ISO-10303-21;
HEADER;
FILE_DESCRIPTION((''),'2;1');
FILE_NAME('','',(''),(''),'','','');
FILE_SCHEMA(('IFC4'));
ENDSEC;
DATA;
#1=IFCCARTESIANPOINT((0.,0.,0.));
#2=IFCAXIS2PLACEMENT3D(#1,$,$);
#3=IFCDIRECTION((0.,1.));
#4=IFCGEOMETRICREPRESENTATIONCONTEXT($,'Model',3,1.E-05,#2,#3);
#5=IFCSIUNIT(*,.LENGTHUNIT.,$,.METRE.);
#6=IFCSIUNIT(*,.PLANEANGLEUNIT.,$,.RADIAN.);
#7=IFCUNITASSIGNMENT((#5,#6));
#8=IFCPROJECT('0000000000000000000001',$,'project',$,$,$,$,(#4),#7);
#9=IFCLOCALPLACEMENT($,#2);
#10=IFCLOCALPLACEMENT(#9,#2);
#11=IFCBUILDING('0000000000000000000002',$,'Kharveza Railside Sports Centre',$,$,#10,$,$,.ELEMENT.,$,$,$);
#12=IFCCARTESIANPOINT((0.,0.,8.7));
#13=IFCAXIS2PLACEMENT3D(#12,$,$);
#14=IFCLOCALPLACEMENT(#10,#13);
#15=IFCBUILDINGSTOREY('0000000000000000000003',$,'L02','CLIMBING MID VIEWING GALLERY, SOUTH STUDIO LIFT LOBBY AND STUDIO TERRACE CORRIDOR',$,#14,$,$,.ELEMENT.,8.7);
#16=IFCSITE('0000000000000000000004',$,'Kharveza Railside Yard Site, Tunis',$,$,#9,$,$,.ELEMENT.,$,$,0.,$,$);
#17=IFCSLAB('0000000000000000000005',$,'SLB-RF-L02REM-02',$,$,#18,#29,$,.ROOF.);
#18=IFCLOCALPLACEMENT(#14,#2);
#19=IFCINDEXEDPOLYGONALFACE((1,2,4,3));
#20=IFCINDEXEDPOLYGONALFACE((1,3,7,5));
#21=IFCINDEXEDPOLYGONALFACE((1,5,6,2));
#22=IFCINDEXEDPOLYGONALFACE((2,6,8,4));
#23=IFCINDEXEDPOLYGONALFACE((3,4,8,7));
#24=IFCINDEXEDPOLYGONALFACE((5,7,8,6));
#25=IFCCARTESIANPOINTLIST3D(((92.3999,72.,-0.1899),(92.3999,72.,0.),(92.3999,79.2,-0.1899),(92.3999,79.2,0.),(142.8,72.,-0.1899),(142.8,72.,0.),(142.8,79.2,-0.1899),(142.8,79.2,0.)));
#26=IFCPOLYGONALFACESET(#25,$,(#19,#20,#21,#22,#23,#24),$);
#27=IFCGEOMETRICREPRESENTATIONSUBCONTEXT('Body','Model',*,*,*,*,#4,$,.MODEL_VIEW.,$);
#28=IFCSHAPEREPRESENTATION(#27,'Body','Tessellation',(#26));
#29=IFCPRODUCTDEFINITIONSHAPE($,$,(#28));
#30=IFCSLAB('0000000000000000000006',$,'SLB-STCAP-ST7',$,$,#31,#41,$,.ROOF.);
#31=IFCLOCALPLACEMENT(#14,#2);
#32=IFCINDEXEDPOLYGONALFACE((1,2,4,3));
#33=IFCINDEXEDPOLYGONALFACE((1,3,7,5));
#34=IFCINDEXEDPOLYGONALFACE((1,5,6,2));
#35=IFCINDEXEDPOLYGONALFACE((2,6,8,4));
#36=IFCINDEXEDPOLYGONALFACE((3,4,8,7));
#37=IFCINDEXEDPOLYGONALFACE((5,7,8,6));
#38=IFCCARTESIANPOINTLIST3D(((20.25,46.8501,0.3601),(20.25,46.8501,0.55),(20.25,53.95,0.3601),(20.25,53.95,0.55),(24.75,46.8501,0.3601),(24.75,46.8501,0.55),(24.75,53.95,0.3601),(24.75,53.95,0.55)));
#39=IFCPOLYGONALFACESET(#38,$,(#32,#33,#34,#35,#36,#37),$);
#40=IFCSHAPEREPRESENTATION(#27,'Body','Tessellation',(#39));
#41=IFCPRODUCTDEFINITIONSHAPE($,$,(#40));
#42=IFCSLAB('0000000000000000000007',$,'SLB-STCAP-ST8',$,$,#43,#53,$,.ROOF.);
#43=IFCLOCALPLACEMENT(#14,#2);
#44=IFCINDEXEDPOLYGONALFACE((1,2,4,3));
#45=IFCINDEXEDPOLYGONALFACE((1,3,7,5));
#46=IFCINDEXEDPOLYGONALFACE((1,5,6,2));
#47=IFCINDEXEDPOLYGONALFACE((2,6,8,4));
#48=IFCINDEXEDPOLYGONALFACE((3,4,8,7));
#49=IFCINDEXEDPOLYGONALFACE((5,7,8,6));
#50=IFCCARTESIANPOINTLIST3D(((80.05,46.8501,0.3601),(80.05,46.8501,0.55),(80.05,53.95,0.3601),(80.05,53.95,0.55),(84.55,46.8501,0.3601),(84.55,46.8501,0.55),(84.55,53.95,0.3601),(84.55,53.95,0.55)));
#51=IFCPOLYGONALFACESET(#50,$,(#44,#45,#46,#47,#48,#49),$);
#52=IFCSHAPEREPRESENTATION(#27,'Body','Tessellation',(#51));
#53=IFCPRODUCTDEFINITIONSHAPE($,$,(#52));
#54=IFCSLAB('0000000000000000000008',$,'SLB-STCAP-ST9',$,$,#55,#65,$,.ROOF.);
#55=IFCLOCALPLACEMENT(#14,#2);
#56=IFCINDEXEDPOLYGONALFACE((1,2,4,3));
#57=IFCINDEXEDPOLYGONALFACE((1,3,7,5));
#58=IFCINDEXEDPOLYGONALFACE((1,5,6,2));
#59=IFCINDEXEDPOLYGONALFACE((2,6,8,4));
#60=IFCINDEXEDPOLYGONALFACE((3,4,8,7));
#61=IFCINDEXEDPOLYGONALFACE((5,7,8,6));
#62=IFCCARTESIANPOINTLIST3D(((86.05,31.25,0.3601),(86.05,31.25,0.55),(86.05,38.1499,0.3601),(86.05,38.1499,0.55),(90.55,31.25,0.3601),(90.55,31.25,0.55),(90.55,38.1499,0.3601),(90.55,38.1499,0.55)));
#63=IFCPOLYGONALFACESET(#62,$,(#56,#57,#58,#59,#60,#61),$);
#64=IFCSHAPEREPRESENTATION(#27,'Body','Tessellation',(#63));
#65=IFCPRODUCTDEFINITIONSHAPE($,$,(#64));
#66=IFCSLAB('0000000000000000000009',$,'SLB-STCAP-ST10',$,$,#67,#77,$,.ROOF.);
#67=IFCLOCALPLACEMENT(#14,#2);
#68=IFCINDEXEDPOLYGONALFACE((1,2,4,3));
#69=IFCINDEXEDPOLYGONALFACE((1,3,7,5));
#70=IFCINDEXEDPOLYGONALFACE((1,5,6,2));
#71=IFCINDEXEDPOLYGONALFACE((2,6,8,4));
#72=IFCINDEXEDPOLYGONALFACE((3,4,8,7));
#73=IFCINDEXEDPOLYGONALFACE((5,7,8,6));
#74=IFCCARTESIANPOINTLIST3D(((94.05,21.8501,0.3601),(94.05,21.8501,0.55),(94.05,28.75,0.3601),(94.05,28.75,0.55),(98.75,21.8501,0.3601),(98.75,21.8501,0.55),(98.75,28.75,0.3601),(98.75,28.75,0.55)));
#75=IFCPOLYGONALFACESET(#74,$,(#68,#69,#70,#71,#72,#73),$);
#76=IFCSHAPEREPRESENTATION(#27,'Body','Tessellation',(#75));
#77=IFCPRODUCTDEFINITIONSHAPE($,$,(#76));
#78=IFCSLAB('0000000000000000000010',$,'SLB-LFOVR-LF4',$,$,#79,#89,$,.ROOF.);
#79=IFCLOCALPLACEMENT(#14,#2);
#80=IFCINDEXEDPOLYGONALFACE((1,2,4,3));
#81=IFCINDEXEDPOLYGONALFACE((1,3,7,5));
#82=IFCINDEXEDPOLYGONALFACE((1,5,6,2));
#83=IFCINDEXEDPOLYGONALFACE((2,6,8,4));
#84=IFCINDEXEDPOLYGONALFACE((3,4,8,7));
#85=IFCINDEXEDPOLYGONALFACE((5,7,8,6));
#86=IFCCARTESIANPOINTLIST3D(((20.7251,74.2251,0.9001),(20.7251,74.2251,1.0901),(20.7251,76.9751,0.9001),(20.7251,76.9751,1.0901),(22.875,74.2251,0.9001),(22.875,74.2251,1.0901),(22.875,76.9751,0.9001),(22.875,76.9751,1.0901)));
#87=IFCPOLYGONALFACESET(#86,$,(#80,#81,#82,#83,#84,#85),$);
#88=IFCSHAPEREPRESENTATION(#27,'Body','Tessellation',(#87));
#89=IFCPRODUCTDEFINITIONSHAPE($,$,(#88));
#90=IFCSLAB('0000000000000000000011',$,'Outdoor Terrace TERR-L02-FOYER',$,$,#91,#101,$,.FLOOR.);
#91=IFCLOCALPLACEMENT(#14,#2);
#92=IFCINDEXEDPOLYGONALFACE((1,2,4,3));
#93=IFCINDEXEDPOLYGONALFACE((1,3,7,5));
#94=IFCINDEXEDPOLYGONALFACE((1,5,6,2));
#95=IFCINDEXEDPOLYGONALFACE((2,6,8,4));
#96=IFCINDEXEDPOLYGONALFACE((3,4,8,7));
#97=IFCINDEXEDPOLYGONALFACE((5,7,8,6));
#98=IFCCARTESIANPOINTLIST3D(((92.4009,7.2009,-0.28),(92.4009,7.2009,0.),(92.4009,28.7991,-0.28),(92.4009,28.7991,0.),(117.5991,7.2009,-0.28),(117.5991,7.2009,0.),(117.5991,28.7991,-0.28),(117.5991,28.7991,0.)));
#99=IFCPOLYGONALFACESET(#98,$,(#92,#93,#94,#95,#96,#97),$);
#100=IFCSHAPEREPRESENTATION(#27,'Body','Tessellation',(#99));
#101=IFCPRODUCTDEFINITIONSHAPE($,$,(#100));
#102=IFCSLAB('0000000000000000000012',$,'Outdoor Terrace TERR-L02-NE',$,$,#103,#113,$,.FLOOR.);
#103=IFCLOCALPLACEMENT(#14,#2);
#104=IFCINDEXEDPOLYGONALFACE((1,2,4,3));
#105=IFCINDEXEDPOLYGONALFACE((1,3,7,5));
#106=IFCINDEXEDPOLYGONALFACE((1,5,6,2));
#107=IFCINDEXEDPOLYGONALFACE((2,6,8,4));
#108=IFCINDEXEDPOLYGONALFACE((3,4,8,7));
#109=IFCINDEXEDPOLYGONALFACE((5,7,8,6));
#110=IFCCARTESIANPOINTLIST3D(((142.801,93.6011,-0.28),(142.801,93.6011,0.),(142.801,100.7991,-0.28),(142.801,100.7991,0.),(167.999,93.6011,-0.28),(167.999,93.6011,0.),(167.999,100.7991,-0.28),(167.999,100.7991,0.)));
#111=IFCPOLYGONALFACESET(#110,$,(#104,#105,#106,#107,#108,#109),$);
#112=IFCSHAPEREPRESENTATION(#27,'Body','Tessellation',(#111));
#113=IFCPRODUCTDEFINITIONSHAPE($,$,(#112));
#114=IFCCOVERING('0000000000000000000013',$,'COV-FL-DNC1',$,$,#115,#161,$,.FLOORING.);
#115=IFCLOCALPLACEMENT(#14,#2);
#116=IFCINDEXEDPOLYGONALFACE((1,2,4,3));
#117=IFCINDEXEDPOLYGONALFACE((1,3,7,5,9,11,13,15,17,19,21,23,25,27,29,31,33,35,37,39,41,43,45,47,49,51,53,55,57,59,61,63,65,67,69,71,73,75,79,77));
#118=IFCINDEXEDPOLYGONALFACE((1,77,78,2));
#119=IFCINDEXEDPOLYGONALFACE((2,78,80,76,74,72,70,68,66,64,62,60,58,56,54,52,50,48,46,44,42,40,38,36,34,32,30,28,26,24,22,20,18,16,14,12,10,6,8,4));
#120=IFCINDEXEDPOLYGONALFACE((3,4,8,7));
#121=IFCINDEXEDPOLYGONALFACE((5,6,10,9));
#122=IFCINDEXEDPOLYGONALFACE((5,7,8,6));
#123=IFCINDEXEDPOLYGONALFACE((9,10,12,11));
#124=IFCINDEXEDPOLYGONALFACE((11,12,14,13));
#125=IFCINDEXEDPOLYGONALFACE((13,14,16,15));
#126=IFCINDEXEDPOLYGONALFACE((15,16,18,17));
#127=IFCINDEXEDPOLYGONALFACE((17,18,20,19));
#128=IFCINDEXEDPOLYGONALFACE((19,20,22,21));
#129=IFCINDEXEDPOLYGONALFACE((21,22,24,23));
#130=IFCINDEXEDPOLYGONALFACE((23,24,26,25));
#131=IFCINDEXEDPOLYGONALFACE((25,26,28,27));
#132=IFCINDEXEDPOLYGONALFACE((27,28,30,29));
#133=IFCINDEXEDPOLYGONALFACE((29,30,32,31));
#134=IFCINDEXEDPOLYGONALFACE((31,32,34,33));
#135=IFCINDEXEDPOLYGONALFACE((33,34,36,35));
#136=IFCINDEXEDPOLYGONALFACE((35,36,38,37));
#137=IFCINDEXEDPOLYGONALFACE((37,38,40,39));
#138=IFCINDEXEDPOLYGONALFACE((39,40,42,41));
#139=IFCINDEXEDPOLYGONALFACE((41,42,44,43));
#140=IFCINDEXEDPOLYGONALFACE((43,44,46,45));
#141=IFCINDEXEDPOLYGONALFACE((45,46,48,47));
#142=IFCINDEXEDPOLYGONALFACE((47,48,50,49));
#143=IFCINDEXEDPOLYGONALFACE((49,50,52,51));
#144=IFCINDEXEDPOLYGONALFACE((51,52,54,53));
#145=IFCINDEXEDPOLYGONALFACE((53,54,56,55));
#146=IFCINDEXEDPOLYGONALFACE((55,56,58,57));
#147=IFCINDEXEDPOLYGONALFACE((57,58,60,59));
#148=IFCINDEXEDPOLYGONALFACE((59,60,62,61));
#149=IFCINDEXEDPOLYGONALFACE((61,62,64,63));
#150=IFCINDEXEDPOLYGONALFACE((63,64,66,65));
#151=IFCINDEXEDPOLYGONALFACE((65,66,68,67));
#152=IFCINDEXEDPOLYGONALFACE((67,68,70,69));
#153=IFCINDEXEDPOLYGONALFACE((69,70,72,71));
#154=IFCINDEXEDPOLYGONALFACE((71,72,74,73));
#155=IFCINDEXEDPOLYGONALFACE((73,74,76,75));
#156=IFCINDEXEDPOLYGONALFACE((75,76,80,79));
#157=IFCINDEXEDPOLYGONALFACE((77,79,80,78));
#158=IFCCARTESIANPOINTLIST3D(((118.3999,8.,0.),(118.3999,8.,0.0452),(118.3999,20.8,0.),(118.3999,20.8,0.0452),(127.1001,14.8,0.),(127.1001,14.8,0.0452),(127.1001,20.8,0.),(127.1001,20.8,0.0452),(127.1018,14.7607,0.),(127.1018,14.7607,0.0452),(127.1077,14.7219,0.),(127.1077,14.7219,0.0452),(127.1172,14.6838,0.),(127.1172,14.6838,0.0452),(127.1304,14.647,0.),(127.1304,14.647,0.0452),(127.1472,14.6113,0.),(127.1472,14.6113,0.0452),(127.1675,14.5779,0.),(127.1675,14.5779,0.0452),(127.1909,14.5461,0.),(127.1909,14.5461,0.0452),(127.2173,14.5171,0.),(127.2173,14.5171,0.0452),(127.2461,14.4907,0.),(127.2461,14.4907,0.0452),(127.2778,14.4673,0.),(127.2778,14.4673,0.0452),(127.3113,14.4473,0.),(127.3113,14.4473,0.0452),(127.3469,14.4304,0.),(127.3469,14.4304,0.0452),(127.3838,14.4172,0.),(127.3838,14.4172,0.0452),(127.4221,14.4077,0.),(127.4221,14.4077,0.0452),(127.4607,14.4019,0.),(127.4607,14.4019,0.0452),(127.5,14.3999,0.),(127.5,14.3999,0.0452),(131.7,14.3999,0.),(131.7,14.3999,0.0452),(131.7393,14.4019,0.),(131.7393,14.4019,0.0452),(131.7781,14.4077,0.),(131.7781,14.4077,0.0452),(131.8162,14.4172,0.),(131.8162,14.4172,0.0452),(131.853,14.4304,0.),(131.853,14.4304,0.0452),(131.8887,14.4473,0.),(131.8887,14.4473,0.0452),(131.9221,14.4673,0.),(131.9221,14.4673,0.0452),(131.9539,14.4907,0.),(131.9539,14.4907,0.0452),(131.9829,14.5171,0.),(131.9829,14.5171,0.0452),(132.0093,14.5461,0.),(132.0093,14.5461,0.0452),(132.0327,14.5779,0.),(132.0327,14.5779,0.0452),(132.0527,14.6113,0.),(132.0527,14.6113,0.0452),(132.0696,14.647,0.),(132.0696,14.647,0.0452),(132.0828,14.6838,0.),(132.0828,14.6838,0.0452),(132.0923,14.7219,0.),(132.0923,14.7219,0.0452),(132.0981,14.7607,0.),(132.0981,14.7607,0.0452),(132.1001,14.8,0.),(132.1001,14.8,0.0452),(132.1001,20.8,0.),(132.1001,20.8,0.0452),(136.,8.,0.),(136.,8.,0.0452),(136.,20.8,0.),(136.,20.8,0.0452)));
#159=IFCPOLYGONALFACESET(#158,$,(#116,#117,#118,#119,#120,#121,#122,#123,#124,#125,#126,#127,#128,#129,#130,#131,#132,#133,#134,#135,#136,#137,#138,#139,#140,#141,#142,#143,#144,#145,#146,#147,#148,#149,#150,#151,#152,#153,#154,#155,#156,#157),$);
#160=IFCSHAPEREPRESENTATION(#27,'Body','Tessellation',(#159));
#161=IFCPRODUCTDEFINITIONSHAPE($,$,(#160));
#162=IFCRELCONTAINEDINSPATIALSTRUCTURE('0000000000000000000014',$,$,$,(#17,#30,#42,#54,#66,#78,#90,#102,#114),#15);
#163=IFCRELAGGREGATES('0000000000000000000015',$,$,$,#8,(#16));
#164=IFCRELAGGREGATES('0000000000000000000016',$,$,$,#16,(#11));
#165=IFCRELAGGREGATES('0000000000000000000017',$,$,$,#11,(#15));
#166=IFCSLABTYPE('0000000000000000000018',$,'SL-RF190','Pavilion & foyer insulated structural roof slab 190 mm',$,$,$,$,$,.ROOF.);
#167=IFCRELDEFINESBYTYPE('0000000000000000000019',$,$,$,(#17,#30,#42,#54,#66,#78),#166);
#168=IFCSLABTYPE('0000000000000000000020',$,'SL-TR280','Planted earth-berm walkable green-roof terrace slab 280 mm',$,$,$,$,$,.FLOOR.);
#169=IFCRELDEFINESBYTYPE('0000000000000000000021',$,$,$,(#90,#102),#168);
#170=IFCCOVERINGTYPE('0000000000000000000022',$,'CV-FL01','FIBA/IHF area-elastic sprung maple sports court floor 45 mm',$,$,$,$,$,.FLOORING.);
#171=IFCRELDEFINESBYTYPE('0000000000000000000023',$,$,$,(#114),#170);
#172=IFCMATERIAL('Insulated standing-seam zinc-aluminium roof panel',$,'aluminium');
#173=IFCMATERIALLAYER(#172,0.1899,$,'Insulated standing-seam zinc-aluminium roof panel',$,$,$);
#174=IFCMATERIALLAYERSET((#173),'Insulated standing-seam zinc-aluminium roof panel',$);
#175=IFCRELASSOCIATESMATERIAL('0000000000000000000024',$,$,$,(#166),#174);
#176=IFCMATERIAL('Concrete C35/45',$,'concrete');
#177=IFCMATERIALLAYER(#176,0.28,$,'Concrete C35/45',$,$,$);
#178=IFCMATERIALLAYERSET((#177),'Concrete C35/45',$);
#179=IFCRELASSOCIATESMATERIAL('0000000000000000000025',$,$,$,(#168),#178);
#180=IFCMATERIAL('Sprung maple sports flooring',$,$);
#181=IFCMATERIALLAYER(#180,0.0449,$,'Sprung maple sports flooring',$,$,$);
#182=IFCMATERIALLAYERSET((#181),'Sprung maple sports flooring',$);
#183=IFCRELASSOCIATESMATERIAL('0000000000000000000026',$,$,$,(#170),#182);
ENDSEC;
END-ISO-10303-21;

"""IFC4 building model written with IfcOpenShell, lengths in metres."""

from ifc_helpers import new_model, si_unit, direction, frame, origin, place, context, subcontext, project, spatial, polyline, outline, extrude, material, layer, layer_set, type_object, element, save


model = new_model("IFC4")

# Units and contexts
model_context = context("Model", 3, precision=1e-05, world=origin(), true_north=direction((0.0, 1.0)))
body_context = subcontext(model_context, "Body", "Model", "MODEL_VIEW")
ifc_project = project(units=[si_unit("LENGTHUNIT", "METRE"), si_unit("PLANEANGLEUNIT", "RADIAN")], contexts=[model_context])

# Site, building, storey
site_placement = place(None, origin())
site = spatial("IfcSite", under=ifc_project, at=site_placement, Name="Kharveza Railside Yard Site, Tunis", CompositionType="ELEMENT", RefElevation=0.0)
building_placement = place(site_placement, origin())
building = spatial("IfcBuilding", under=site, at=building_placement, Name="Kharveza Railside Sports Centre", CompositionType="ELEMENT")
storey_placement = place(building_placement, frame((0.0, 0.0, 8.7)))
storey = spatial("IfcBuildingStorey", under=building, at=storey_placement, Name="L02", Description="CLIMBING MID VIEWING GALLERY, SOUTH STUDIO LIFT LOBBY AND STUDIO TERRACE CORRIDOR", CompositionType="ELEMENT", Elevation=8.7)

# Shared definitions
ifc_material_1 = material(Name="Concrete C35/45", Category="concrete")

# Shared definitions
ifc_material_2 = material(Name="Insulated standing-seam zinc-aluminium roof panel", Category="aluminium")
ifc_layer_1 = layer(ifc_material_2, 0.1899, Name="Insulated standing-seam zinc-aluminium roof panel")
ifc_layer_set_1 = layer_set([ifc_layer_1], Name="Insulated standing-seam zinc-aluminium roof panel")
slab_type_1 = type_object("IfcSlabType", Name="SL-RF190", Description="Pavilion & foyer insulated structural roof slab 190 mm", PredefinedType="ROOF", material=ifc_layer_set_1)

# Slabs
slab_1_placement = place(storey_placement, frame((0.0, 0.0, -0.1899)))
element("IfcSlab", 1, at=slab_1_placement, inside=storey, type_object=slab_type_1, Name="SLB-RF-L02REM-02", PredefinedType="ROOF", context=body_context, shape_type="SweptSolid", body=[
    extrude(outline(polyline([(92.3999, 72.0), (92.3999, 79.2), (142.8, 79.2), (142.8, 72.0), (92.3999, 72.0)])), origin(), (0.0, 0.0, 1.0), 0.1899),
])
slab_2_placement = place(storey_placement, frame((0.0, 0.0, 0.3601)))
element("IfcSlab", 2, at=slab_2_placement, inside=storey, type_object=slab_type_1, Name="SLB-STCAP-ST7", PredefinedType="ROOF", context=body_context, shape_type="SweptSolid", body=[
    extrude(outline(polyline([(20.25, 46.8501), (24.75, 46.8501), (24.75, 53.95), (20.25, 53.95), (20.25, 46.8501)])), origin(), (0.0, 0.0, 1.0), 0.1899),
])
slab_3_placement = place(storey_placement, frame((0.0, 0.0, 0.3601)))
element("IfcSlab", 3, at=slab_3_placement, inside=storey, type_object=slab_type_1, Name="SLB-STCAP-ST8", PredefinedType="ROOF", context=body_context, shape_type="SweptSolid", body=[
    extrude(outline(polyline([(80.05, 46.8501), (84.55, 46.8501), (84.55, 53.95), (80.05, 53.95), (80.05, 46.8501)])), origin(), (0.0, 0.0, 1.0), 0.1899),
])
slab_4_placement = place(storey_placement, frame((0.0, 0.0, 0.3601)))
element("IfcSlab", 4, at=slab_4_placement, inside=storey, type_object=slab_type_1, Name="SLB-STCAP-ST9", PredefinedType="ROOF", context=body_context, shape_type="SweptSolid", body=[
    extrude(outline(polyline([(86.05, 31.25), (90.55, 31.25), (90.55, 38.1499), (86.05, 38.1499), (86.05, 31.25)])), origin(), (0.0, 0.0, 1.0), 0.1899),
])
slab_5_placement = place(storey_placement, frame((0.0, 0.0, 0.3601)))
element("IfcSlab", 5, at=slab_5_placement, inside=storey, type_object=slab_type_1, Name="SLB-STCAP-ST10", PredefinedType="ROOF", context=body_context, shape_type="SweptSolid", body=[
    extrude(outline(polyline([(94.05, 21.8501), (98.75, 21.8501), (98.75, 28.75), (94.05, 28.75), (94.05, 21.8501)])), origin(), (0.0, 0.0, 1.0), 0.1899),
])
slab_6_placement = place(storey_placement, frame((0.0, 0.0, 0.9001)))
element("IfcSlab", 6, at=slab_6_placement, inside=storey, type_object=slab_type_1, Name="SLB-LFOVR-LF4", PredefinedType="ROOF", context=body_context, shape_type="SweptSolid", body=[
    extrude(outline(polyline([(20.7251, 74.2251), (22.875, 74.2251), (22.875, 76.9751), (20.7251, 76.9751), (20.7251, 74.2251)])), origin(), (0.0, 0.0, 1.0), 0.1899),
])
ifc_layer_2 = layer(ifc_material_1, 0.28, Name="Concrete C35/45")
ifc_layer_set_2 = layer_set([ifc_layer_2], Name="Concrete C35/45")
slab_type_2 = type_object("IfcSlabType", Name="SL-TR280", Description="Planted earth-berm walkable green-roof terrace slab 280 mm", PredefinedType="FLOOR", material=ifc_layer_set_2)
slab_7_placement = place(storey_placement, frame((0.0, 0.0, -0.28)))
element("IfcSlab", 7, at=slab_7_placement, inside=storey, type_object=slab_type_2, Name="Outdoor Terrace TERR-L02-FOYER", PredefinedType="FLOOR", context=body_context, shape_type="SweptSolid", body=[
    extrude(outline(polyline([(117.5991, 7.2009), (92.4009, 7.2009), (92.4009, 28.7991), (117.5991, 28.7991), (117.5991, 7.2009)])), origin(), (0.0, 0.0, 1.0), 0.28),
])
slab_8_placement = place(storey_placement, frame((0.0, 0.0, -0.28)))
element("IfcSlab", 8, at=slab_8_placement, inside=storey, type_object=slab_type_2, Name="Outdoor Terrace TERR-L02-NE", PredefinedType="FLOOR", context=body_context, shape_type="SweptSolid", body=[
    extrude(outline(polyline([(167.999, 93.6011), (142.801, 93.6011), (142.801, 100.7991), (167.999, 100.7991), (167.999, 93.6011)])), origin(), (0.0, 0.0, 1.0), 0.28),
])

# Covering
ifc_material_3 = material(Name="Sprung maple sports flooring")
ifc_layer_3 = layer(ifc_material_3, 0.0449, Name="Sprung maple sports flooring")
ifc_layer_set_3 = layer_set([ifc_layer_3], Name="Sprung maple sports flooring")
covering_type = type_object("IfcCoveringType", Name="CV-FL01", Description="FIBA/IHF area-elastic sprung maple sports court floor 45 mm", PredefinedType="FLOORING", material=ifc_layer_set_3)
covering_placement = place(storey_placement, origin())
element("IfcCovering", 9, at=covering_placement, inside=storey, type_object=covering_type, Name="COV-FL-DNC1", PredefinedType="FLOORING", context=body_context, shape_type="SweptSolid", body=[
    extrude(outline(polyline([(127.3469, 14.4304), (127.3838, 14.4172), (127.4221, 14.4077), (127.4607, 14.4019), (127.5, 14.3999), (131.7, 14.3999), (131.7393, 14.4019), (131.7781, 14.4077), (131.8162, 14.4172), (131.853, 14.4304), (131.8887, 14.4473), (131.9221, 14.4673), (131.9539, 14.4907), (131.9829, 14.5171), (132.0093, 14.5461), (132.0327, 14.5779), (132.0527, 14.6113), (132.0696, 14.647), (132.0828, 14.6838), (132.0923, 14.7219), (132.0981, 14.7607), (132.1001, 14.8), (132.1001, 20.8), (136.0, 20.8), (136.0, 8.0), (118.3999, 8.0), (118.3999, 20.8), (127.1001, 20.8), (127.1001, 14.8), (127.1018, 14.7607), (127.1077, 14.7219), (127.1172, 14.6838), (127.1304, 14.647), (127.1472, 14.6113), (127.1675, 14.5779), (127.1909, 14.5461), (127.2173, 14.5171), (127.2461, 14.4907), (127.2778, 14.4673), (127.3113, 14.4473), (127.3469, 14.4304)])), origin(), (0.0, 0.0, 1.0), 0.0452),
])

save(model, "model.ifc")
